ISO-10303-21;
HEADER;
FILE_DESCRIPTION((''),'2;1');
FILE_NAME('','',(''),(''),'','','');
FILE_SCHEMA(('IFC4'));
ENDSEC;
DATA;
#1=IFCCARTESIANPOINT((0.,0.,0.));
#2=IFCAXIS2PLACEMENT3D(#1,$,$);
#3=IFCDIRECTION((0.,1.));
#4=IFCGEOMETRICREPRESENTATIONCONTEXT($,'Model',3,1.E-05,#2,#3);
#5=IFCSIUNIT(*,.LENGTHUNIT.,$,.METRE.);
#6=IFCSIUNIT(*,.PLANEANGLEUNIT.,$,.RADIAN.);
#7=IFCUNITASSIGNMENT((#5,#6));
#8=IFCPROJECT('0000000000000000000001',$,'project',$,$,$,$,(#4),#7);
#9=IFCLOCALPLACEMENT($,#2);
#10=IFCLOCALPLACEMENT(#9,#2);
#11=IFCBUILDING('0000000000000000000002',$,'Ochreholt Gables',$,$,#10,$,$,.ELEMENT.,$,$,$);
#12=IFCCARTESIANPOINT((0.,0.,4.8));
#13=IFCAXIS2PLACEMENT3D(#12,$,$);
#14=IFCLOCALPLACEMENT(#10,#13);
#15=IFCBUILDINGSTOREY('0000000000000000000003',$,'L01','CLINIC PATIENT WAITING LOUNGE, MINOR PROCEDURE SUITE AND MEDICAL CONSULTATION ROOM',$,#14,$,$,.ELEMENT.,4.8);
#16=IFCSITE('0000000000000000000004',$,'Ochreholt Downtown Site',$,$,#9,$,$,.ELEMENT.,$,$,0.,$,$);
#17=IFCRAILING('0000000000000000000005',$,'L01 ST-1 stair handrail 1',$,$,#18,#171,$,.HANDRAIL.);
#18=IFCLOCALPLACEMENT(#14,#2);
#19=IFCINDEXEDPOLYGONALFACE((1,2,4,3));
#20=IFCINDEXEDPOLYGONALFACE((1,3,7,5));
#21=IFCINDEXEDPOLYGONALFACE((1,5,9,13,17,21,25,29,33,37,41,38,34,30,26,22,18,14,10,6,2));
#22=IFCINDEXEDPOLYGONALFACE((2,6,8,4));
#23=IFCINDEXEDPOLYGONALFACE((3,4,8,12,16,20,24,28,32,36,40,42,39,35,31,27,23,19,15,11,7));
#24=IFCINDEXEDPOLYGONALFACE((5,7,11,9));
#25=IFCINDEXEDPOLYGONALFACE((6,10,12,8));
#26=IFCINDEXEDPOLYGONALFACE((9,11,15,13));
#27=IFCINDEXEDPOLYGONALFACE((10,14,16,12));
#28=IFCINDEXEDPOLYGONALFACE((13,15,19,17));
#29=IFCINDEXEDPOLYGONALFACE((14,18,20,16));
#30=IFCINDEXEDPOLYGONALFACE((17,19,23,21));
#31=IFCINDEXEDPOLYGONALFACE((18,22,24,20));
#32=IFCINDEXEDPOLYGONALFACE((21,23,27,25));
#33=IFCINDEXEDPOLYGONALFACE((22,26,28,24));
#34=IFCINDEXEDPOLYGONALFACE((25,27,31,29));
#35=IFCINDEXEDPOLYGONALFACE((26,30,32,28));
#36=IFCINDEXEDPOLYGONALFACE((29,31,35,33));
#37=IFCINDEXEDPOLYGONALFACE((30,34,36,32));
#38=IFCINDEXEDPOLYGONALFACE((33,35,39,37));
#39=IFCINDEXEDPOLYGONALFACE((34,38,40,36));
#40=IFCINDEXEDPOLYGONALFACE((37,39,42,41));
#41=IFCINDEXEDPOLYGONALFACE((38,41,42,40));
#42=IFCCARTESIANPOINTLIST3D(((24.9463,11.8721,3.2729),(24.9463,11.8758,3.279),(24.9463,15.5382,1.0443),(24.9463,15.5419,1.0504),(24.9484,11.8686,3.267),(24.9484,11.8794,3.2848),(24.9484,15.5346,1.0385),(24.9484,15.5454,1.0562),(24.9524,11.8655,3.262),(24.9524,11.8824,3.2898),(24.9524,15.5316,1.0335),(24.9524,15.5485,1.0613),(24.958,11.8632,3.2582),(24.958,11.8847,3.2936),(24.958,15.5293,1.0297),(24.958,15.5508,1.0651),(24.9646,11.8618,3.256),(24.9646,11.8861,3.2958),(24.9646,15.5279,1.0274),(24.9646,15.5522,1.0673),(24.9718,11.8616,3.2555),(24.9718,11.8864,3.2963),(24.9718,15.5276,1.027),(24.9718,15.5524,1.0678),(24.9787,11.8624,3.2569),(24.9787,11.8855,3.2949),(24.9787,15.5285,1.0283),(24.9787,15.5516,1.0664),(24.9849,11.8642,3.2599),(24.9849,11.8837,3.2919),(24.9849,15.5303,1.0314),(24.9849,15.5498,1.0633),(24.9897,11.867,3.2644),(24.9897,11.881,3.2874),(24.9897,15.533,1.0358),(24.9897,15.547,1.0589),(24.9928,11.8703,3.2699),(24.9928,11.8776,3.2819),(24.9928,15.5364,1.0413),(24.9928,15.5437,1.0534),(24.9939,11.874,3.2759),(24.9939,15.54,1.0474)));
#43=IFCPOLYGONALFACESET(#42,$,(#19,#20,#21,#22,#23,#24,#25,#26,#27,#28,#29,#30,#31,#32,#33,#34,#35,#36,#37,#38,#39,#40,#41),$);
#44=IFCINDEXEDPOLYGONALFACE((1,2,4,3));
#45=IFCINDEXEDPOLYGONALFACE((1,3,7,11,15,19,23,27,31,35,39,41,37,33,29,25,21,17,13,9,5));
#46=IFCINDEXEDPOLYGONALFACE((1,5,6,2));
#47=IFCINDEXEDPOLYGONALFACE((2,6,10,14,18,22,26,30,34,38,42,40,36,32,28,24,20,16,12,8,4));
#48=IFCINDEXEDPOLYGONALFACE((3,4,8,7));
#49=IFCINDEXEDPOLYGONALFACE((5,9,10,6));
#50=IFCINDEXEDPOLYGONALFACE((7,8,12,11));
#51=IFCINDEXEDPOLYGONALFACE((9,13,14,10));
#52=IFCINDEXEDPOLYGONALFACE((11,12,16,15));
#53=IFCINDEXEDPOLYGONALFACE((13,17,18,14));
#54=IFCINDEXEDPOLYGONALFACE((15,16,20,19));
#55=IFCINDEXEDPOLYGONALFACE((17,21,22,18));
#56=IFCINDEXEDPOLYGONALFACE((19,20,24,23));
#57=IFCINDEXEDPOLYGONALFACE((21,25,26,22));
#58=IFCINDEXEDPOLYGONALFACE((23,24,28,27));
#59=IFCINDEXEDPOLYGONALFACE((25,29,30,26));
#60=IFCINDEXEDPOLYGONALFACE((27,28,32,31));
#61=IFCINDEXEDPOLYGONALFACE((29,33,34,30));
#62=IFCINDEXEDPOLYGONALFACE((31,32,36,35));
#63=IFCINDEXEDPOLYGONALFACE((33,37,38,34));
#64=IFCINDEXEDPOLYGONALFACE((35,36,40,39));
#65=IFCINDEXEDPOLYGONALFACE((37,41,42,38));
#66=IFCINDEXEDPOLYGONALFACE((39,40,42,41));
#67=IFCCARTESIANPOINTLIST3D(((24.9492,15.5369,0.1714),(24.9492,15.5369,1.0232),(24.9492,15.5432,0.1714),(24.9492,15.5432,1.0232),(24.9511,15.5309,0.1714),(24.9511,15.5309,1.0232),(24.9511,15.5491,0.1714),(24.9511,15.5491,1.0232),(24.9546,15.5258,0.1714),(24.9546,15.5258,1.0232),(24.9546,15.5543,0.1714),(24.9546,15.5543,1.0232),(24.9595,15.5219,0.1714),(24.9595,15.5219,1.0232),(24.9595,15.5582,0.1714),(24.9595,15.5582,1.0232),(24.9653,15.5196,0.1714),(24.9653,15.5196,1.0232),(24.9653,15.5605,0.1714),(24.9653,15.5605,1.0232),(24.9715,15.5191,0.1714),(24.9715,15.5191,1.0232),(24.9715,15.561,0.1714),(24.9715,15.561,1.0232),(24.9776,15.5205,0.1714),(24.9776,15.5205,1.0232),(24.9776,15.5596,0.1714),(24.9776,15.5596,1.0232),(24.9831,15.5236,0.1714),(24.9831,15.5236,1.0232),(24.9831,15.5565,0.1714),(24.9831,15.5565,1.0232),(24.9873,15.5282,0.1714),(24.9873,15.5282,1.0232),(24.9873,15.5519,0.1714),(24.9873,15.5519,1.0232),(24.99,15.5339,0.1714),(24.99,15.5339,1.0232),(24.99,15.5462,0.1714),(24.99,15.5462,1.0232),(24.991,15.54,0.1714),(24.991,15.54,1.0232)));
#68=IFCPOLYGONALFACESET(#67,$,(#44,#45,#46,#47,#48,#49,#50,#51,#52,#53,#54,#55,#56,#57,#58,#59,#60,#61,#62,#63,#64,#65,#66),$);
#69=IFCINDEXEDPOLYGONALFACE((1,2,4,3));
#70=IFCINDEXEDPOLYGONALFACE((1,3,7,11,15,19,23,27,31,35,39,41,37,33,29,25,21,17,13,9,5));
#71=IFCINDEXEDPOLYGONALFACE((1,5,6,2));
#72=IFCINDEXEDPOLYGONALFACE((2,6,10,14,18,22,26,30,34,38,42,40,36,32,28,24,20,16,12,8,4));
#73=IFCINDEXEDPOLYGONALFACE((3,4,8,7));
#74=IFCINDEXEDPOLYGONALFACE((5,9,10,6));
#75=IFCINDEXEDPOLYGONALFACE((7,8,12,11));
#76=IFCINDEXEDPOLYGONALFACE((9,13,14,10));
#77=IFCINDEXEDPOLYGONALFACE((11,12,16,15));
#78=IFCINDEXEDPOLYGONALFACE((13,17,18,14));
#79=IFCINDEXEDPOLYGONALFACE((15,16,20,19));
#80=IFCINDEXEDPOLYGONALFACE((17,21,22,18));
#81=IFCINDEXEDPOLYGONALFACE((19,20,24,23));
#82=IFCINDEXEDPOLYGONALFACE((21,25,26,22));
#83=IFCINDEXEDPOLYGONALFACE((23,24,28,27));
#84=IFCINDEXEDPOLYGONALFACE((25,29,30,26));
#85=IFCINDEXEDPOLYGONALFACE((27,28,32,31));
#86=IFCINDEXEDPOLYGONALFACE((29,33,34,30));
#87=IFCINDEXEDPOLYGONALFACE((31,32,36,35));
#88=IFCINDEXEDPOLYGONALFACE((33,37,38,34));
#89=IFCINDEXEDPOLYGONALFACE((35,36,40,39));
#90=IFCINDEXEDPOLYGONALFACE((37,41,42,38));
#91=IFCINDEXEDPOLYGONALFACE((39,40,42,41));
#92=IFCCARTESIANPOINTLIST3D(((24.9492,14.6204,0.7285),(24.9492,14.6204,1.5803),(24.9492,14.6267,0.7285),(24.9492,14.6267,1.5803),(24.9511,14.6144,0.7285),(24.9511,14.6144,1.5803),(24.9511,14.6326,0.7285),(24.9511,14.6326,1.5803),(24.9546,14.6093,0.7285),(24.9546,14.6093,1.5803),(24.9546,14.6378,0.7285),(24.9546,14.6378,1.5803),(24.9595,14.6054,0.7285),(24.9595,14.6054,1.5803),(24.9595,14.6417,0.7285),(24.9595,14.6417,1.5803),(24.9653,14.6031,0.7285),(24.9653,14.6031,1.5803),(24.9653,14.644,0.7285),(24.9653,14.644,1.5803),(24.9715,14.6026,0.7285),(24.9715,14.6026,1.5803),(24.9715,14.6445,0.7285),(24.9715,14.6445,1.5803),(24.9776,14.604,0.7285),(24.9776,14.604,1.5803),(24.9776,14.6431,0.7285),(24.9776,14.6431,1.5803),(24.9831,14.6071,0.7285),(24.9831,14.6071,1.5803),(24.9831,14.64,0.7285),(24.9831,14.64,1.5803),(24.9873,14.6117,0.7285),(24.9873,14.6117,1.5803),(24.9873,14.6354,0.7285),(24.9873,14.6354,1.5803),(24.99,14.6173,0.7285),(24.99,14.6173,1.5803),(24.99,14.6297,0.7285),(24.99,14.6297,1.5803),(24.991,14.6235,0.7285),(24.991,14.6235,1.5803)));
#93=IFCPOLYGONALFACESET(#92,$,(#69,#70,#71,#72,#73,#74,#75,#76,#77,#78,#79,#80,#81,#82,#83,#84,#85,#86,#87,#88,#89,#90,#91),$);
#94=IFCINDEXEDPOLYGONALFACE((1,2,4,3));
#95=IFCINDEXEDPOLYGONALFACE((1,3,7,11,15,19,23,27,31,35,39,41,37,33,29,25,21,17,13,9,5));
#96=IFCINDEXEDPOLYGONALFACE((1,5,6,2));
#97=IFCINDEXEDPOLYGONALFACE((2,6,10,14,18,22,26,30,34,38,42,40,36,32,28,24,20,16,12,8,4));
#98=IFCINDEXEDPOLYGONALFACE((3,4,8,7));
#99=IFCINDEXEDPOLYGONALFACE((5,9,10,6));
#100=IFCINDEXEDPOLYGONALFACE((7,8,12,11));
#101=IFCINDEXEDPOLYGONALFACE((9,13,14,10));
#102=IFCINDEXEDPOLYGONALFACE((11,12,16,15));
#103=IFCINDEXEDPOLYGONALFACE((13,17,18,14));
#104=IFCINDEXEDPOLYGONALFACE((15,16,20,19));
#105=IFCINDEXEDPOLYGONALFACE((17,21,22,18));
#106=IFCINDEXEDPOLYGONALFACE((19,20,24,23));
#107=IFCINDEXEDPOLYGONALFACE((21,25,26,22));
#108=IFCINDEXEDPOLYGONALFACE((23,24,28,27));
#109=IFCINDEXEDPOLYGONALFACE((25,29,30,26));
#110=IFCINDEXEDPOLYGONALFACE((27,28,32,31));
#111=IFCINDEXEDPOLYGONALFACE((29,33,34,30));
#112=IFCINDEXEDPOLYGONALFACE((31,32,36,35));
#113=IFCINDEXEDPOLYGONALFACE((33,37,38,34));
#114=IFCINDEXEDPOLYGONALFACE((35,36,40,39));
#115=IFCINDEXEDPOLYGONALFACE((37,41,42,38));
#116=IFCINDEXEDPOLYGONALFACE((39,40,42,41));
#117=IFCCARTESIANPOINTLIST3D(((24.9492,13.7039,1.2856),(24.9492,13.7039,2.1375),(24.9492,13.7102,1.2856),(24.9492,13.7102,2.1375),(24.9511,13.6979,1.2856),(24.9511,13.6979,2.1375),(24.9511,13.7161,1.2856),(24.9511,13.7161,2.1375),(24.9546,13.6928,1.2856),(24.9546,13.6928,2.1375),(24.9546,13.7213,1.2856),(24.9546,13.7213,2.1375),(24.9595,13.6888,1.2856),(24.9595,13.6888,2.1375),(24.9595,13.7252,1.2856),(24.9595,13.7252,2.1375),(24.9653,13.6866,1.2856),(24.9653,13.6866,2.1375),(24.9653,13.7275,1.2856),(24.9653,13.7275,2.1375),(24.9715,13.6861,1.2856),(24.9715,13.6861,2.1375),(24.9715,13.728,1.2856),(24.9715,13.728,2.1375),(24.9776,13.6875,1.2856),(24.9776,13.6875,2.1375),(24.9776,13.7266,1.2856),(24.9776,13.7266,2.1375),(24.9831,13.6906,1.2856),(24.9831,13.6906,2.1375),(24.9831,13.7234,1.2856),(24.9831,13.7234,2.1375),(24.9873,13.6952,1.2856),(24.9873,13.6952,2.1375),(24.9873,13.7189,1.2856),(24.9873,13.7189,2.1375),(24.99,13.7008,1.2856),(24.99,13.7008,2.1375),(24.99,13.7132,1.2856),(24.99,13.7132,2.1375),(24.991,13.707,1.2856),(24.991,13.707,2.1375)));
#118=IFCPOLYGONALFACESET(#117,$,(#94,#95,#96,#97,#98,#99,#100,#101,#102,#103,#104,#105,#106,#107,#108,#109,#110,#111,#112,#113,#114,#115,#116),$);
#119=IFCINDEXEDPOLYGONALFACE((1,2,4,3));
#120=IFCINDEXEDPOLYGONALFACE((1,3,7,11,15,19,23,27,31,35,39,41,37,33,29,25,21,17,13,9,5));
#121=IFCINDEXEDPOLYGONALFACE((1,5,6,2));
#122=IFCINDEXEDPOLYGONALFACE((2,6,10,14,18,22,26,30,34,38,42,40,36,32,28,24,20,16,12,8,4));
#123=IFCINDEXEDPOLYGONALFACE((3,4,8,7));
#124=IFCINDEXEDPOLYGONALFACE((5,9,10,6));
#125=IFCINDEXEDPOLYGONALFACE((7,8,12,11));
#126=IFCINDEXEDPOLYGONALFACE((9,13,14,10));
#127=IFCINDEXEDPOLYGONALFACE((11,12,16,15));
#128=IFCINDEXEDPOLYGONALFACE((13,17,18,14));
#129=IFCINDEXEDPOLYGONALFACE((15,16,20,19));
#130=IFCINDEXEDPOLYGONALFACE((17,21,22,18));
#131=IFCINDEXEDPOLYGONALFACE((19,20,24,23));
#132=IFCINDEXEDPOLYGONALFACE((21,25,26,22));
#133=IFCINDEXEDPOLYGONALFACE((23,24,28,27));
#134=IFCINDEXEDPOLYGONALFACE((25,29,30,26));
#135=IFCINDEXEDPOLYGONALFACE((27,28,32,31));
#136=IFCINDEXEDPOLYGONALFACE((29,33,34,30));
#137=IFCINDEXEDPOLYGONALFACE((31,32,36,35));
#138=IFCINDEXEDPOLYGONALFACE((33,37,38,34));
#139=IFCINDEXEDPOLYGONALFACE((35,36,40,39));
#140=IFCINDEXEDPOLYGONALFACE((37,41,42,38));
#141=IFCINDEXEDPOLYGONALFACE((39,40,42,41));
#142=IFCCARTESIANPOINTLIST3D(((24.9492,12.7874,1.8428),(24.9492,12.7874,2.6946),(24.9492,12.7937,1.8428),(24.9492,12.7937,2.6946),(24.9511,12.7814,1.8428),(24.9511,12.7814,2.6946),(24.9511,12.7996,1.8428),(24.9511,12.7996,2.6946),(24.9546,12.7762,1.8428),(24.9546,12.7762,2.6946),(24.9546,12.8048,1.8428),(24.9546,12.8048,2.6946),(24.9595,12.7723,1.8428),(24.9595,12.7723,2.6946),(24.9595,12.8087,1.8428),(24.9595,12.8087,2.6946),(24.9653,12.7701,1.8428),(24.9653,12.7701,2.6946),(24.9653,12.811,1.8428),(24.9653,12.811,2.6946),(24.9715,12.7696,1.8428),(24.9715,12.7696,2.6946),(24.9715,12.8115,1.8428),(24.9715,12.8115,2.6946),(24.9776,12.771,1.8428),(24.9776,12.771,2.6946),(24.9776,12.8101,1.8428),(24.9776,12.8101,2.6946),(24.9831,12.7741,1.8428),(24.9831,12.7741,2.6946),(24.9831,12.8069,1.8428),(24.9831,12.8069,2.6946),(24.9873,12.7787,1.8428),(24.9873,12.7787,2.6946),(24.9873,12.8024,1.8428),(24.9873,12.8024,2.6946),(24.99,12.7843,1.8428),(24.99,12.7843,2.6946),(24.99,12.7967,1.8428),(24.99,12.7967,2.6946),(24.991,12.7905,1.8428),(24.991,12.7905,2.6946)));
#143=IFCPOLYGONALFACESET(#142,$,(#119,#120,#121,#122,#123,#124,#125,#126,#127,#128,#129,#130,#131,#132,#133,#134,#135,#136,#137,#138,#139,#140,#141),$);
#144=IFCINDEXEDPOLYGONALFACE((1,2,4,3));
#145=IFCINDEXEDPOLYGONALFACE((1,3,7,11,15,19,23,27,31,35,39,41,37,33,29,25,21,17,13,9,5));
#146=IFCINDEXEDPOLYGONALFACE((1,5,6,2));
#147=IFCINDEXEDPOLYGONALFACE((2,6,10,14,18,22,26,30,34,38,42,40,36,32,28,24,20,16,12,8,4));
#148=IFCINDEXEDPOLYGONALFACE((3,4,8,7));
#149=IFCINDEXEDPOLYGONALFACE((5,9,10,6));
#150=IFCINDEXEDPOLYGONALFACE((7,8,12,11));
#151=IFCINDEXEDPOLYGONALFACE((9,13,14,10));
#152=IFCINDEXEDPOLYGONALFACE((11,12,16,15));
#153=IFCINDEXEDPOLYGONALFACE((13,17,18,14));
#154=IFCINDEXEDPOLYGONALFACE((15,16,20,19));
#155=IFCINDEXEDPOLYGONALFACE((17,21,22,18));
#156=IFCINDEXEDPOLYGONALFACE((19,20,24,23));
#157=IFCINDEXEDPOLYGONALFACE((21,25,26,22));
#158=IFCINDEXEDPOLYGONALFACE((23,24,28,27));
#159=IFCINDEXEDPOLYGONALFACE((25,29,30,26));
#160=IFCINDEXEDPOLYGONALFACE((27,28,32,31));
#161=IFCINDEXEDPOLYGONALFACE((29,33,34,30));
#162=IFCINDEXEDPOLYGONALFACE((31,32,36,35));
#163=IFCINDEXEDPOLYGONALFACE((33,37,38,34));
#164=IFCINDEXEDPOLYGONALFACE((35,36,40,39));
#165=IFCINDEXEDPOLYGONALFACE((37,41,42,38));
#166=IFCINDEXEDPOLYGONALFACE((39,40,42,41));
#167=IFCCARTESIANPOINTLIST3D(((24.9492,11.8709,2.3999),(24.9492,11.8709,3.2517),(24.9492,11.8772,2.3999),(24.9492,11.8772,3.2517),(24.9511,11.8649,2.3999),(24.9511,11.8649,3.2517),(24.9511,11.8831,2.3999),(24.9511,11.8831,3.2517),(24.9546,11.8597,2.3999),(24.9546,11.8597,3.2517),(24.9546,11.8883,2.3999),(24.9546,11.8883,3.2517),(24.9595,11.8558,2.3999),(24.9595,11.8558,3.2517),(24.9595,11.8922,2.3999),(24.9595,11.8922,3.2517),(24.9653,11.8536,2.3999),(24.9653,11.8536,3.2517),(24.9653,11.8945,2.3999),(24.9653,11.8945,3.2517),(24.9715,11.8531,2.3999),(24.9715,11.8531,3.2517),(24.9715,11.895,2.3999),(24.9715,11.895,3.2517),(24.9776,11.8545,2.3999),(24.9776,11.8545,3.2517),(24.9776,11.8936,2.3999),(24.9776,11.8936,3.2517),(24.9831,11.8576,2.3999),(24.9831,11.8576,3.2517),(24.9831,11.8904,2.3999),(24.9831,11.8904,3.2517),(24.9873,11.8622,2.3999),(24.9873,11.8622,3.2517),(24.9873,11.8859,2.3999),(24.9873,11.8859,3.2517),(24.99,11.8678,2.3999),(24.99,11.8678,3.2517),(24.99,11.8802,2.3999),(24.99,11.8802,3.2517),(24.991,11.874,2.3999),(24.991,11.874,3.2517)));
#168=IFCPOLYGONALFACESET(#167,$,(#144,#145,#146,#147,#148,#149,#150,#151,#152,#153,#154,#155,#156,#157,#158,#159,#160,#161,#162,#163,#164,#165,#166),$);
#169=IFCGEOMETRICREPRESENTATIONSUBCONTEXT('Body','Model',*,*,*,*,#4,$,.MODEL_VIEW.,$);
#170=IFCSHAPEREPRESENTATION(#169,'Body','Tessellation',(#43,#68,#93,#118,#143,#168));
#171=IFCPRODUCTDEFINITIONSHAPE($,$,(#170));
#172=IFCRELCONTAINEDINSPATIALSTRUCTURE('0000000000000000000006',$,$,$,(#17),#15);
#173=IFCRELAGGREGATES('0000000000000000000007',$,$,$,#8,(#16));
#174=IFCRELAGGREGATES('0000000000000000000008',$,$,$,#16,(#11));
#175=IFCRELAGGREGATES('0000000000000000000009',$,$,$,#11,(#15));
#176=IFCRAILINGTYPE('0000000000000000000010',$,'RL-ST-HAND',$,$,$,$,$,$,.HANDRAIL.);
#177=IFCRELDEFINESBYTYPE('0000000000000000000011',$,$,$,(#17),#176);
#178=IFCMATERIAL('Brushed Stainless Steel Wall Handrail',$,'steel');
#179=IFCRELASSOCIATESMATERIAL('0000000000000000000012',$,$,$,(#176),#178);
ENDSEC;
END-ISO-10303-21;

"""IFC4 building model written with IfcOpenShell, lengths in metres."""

from ifc_helpers import new_model, si_unit, direction, frame, origin, origin_2d, place, context, subcontext, project, spatial, circle, extrude, material, type_object, element, save


model = new_model("IFC4")

# Units and contexts
model_context = context("Model", 3, precision=1e-05, world=origin(), true_north=direction((0.0, 1.0)))
body_context = subcontext(model_context, "Body", "Model", "MODEL_VIEW")
ifc_project = project(units=[si_unit("LENGTHUNIT", "METRE"), si_unit("PLANEANGLEUNIT", "RADIAN")], contexts=[model_context])

# Site, building, storey
site_placement = place(None, origin())
site = spatial("IfcSite", under=ifc_project, at=site_placement, Name="Ochreholt Downtown Site", CompositionType="ELEMENT", RefElevation=0.0)
building_placement = place(site_placement, origin())
building = spatial("IfcBuilding", under=site, at=building_placement, Name="Ochreholt Gables", CompositionType="ELEMENT")
storey_placement = place(building_placement, frame((0.0, 0.0, 4.8)))
storey = spatial("IfcBuildingStorey", under=building, at=storey_placement, Name="L01", Description="CLINIC PATIENT WAITING LOUNGE, MINOR PROCEDURE SUITE AND MEDICAL CONSULTATION ROOM", CompositionType="ELEMENT", Elevation=4.8)

# Railing
ifc_material_1 = material(Name="Brushed Stainless Steel Wall Handrail", Category="steel")
railing_type_1 = type_object("IfcRailingType", Name="RL-ST-HAND", PredefinedType="HANDRAIL", material=ifc_material_1)
railing_1_placement = place(storey_placement, frame((24.97, 15.54, 0.1714)))
element("IfcRailing", 1, at=railing_1_placement, inside=storey, type_object=railing_type_1, Name="L01 ST-1 stair handrail 1", PredefinedType="HANDRAIL", context=body_context, shape_type="SweptSolid", body=[
    extrude(circle(Radius=0.0239, at=origin_2d()), frame((0.0, 0.0, 0.876), z_axis=(0.0, -0.854506, 0.519441), x_axis=(1.0, 0.0, 0.0)), (0.0, 0.0, 1.0), 4.2903),
    extrude(circle(Radius=0.021, at=origin_2d()), origin(), (0.0, 0.0, 1.0), 0.8518),
    extrude(circle(Radius=0.021, at=origin_2d()), frame((0.0, -0.9165, 0.5571)), (0.0, 0.0, 1.0), 0.8518),
    extrude(circle(Radius=0.021, at=origin_2d()), frame((0.0, -1.833, 1.1143)), (0.0, 0.0, 1.0), 0.8518),
    extrude(circle(Radius=0.021, at=origin_2d()), frame((0.0, -2.7495, 1.6714)), (0.0, 0.0, 1.0), 0.8518),
    extrude(circle(Radius=0.021, at=origin_2d()), frame((0.0, -3.666, 2.2285)), (0.0, 0.0, 1.0), 0.8518),
])

save(model, "model.ifc")
